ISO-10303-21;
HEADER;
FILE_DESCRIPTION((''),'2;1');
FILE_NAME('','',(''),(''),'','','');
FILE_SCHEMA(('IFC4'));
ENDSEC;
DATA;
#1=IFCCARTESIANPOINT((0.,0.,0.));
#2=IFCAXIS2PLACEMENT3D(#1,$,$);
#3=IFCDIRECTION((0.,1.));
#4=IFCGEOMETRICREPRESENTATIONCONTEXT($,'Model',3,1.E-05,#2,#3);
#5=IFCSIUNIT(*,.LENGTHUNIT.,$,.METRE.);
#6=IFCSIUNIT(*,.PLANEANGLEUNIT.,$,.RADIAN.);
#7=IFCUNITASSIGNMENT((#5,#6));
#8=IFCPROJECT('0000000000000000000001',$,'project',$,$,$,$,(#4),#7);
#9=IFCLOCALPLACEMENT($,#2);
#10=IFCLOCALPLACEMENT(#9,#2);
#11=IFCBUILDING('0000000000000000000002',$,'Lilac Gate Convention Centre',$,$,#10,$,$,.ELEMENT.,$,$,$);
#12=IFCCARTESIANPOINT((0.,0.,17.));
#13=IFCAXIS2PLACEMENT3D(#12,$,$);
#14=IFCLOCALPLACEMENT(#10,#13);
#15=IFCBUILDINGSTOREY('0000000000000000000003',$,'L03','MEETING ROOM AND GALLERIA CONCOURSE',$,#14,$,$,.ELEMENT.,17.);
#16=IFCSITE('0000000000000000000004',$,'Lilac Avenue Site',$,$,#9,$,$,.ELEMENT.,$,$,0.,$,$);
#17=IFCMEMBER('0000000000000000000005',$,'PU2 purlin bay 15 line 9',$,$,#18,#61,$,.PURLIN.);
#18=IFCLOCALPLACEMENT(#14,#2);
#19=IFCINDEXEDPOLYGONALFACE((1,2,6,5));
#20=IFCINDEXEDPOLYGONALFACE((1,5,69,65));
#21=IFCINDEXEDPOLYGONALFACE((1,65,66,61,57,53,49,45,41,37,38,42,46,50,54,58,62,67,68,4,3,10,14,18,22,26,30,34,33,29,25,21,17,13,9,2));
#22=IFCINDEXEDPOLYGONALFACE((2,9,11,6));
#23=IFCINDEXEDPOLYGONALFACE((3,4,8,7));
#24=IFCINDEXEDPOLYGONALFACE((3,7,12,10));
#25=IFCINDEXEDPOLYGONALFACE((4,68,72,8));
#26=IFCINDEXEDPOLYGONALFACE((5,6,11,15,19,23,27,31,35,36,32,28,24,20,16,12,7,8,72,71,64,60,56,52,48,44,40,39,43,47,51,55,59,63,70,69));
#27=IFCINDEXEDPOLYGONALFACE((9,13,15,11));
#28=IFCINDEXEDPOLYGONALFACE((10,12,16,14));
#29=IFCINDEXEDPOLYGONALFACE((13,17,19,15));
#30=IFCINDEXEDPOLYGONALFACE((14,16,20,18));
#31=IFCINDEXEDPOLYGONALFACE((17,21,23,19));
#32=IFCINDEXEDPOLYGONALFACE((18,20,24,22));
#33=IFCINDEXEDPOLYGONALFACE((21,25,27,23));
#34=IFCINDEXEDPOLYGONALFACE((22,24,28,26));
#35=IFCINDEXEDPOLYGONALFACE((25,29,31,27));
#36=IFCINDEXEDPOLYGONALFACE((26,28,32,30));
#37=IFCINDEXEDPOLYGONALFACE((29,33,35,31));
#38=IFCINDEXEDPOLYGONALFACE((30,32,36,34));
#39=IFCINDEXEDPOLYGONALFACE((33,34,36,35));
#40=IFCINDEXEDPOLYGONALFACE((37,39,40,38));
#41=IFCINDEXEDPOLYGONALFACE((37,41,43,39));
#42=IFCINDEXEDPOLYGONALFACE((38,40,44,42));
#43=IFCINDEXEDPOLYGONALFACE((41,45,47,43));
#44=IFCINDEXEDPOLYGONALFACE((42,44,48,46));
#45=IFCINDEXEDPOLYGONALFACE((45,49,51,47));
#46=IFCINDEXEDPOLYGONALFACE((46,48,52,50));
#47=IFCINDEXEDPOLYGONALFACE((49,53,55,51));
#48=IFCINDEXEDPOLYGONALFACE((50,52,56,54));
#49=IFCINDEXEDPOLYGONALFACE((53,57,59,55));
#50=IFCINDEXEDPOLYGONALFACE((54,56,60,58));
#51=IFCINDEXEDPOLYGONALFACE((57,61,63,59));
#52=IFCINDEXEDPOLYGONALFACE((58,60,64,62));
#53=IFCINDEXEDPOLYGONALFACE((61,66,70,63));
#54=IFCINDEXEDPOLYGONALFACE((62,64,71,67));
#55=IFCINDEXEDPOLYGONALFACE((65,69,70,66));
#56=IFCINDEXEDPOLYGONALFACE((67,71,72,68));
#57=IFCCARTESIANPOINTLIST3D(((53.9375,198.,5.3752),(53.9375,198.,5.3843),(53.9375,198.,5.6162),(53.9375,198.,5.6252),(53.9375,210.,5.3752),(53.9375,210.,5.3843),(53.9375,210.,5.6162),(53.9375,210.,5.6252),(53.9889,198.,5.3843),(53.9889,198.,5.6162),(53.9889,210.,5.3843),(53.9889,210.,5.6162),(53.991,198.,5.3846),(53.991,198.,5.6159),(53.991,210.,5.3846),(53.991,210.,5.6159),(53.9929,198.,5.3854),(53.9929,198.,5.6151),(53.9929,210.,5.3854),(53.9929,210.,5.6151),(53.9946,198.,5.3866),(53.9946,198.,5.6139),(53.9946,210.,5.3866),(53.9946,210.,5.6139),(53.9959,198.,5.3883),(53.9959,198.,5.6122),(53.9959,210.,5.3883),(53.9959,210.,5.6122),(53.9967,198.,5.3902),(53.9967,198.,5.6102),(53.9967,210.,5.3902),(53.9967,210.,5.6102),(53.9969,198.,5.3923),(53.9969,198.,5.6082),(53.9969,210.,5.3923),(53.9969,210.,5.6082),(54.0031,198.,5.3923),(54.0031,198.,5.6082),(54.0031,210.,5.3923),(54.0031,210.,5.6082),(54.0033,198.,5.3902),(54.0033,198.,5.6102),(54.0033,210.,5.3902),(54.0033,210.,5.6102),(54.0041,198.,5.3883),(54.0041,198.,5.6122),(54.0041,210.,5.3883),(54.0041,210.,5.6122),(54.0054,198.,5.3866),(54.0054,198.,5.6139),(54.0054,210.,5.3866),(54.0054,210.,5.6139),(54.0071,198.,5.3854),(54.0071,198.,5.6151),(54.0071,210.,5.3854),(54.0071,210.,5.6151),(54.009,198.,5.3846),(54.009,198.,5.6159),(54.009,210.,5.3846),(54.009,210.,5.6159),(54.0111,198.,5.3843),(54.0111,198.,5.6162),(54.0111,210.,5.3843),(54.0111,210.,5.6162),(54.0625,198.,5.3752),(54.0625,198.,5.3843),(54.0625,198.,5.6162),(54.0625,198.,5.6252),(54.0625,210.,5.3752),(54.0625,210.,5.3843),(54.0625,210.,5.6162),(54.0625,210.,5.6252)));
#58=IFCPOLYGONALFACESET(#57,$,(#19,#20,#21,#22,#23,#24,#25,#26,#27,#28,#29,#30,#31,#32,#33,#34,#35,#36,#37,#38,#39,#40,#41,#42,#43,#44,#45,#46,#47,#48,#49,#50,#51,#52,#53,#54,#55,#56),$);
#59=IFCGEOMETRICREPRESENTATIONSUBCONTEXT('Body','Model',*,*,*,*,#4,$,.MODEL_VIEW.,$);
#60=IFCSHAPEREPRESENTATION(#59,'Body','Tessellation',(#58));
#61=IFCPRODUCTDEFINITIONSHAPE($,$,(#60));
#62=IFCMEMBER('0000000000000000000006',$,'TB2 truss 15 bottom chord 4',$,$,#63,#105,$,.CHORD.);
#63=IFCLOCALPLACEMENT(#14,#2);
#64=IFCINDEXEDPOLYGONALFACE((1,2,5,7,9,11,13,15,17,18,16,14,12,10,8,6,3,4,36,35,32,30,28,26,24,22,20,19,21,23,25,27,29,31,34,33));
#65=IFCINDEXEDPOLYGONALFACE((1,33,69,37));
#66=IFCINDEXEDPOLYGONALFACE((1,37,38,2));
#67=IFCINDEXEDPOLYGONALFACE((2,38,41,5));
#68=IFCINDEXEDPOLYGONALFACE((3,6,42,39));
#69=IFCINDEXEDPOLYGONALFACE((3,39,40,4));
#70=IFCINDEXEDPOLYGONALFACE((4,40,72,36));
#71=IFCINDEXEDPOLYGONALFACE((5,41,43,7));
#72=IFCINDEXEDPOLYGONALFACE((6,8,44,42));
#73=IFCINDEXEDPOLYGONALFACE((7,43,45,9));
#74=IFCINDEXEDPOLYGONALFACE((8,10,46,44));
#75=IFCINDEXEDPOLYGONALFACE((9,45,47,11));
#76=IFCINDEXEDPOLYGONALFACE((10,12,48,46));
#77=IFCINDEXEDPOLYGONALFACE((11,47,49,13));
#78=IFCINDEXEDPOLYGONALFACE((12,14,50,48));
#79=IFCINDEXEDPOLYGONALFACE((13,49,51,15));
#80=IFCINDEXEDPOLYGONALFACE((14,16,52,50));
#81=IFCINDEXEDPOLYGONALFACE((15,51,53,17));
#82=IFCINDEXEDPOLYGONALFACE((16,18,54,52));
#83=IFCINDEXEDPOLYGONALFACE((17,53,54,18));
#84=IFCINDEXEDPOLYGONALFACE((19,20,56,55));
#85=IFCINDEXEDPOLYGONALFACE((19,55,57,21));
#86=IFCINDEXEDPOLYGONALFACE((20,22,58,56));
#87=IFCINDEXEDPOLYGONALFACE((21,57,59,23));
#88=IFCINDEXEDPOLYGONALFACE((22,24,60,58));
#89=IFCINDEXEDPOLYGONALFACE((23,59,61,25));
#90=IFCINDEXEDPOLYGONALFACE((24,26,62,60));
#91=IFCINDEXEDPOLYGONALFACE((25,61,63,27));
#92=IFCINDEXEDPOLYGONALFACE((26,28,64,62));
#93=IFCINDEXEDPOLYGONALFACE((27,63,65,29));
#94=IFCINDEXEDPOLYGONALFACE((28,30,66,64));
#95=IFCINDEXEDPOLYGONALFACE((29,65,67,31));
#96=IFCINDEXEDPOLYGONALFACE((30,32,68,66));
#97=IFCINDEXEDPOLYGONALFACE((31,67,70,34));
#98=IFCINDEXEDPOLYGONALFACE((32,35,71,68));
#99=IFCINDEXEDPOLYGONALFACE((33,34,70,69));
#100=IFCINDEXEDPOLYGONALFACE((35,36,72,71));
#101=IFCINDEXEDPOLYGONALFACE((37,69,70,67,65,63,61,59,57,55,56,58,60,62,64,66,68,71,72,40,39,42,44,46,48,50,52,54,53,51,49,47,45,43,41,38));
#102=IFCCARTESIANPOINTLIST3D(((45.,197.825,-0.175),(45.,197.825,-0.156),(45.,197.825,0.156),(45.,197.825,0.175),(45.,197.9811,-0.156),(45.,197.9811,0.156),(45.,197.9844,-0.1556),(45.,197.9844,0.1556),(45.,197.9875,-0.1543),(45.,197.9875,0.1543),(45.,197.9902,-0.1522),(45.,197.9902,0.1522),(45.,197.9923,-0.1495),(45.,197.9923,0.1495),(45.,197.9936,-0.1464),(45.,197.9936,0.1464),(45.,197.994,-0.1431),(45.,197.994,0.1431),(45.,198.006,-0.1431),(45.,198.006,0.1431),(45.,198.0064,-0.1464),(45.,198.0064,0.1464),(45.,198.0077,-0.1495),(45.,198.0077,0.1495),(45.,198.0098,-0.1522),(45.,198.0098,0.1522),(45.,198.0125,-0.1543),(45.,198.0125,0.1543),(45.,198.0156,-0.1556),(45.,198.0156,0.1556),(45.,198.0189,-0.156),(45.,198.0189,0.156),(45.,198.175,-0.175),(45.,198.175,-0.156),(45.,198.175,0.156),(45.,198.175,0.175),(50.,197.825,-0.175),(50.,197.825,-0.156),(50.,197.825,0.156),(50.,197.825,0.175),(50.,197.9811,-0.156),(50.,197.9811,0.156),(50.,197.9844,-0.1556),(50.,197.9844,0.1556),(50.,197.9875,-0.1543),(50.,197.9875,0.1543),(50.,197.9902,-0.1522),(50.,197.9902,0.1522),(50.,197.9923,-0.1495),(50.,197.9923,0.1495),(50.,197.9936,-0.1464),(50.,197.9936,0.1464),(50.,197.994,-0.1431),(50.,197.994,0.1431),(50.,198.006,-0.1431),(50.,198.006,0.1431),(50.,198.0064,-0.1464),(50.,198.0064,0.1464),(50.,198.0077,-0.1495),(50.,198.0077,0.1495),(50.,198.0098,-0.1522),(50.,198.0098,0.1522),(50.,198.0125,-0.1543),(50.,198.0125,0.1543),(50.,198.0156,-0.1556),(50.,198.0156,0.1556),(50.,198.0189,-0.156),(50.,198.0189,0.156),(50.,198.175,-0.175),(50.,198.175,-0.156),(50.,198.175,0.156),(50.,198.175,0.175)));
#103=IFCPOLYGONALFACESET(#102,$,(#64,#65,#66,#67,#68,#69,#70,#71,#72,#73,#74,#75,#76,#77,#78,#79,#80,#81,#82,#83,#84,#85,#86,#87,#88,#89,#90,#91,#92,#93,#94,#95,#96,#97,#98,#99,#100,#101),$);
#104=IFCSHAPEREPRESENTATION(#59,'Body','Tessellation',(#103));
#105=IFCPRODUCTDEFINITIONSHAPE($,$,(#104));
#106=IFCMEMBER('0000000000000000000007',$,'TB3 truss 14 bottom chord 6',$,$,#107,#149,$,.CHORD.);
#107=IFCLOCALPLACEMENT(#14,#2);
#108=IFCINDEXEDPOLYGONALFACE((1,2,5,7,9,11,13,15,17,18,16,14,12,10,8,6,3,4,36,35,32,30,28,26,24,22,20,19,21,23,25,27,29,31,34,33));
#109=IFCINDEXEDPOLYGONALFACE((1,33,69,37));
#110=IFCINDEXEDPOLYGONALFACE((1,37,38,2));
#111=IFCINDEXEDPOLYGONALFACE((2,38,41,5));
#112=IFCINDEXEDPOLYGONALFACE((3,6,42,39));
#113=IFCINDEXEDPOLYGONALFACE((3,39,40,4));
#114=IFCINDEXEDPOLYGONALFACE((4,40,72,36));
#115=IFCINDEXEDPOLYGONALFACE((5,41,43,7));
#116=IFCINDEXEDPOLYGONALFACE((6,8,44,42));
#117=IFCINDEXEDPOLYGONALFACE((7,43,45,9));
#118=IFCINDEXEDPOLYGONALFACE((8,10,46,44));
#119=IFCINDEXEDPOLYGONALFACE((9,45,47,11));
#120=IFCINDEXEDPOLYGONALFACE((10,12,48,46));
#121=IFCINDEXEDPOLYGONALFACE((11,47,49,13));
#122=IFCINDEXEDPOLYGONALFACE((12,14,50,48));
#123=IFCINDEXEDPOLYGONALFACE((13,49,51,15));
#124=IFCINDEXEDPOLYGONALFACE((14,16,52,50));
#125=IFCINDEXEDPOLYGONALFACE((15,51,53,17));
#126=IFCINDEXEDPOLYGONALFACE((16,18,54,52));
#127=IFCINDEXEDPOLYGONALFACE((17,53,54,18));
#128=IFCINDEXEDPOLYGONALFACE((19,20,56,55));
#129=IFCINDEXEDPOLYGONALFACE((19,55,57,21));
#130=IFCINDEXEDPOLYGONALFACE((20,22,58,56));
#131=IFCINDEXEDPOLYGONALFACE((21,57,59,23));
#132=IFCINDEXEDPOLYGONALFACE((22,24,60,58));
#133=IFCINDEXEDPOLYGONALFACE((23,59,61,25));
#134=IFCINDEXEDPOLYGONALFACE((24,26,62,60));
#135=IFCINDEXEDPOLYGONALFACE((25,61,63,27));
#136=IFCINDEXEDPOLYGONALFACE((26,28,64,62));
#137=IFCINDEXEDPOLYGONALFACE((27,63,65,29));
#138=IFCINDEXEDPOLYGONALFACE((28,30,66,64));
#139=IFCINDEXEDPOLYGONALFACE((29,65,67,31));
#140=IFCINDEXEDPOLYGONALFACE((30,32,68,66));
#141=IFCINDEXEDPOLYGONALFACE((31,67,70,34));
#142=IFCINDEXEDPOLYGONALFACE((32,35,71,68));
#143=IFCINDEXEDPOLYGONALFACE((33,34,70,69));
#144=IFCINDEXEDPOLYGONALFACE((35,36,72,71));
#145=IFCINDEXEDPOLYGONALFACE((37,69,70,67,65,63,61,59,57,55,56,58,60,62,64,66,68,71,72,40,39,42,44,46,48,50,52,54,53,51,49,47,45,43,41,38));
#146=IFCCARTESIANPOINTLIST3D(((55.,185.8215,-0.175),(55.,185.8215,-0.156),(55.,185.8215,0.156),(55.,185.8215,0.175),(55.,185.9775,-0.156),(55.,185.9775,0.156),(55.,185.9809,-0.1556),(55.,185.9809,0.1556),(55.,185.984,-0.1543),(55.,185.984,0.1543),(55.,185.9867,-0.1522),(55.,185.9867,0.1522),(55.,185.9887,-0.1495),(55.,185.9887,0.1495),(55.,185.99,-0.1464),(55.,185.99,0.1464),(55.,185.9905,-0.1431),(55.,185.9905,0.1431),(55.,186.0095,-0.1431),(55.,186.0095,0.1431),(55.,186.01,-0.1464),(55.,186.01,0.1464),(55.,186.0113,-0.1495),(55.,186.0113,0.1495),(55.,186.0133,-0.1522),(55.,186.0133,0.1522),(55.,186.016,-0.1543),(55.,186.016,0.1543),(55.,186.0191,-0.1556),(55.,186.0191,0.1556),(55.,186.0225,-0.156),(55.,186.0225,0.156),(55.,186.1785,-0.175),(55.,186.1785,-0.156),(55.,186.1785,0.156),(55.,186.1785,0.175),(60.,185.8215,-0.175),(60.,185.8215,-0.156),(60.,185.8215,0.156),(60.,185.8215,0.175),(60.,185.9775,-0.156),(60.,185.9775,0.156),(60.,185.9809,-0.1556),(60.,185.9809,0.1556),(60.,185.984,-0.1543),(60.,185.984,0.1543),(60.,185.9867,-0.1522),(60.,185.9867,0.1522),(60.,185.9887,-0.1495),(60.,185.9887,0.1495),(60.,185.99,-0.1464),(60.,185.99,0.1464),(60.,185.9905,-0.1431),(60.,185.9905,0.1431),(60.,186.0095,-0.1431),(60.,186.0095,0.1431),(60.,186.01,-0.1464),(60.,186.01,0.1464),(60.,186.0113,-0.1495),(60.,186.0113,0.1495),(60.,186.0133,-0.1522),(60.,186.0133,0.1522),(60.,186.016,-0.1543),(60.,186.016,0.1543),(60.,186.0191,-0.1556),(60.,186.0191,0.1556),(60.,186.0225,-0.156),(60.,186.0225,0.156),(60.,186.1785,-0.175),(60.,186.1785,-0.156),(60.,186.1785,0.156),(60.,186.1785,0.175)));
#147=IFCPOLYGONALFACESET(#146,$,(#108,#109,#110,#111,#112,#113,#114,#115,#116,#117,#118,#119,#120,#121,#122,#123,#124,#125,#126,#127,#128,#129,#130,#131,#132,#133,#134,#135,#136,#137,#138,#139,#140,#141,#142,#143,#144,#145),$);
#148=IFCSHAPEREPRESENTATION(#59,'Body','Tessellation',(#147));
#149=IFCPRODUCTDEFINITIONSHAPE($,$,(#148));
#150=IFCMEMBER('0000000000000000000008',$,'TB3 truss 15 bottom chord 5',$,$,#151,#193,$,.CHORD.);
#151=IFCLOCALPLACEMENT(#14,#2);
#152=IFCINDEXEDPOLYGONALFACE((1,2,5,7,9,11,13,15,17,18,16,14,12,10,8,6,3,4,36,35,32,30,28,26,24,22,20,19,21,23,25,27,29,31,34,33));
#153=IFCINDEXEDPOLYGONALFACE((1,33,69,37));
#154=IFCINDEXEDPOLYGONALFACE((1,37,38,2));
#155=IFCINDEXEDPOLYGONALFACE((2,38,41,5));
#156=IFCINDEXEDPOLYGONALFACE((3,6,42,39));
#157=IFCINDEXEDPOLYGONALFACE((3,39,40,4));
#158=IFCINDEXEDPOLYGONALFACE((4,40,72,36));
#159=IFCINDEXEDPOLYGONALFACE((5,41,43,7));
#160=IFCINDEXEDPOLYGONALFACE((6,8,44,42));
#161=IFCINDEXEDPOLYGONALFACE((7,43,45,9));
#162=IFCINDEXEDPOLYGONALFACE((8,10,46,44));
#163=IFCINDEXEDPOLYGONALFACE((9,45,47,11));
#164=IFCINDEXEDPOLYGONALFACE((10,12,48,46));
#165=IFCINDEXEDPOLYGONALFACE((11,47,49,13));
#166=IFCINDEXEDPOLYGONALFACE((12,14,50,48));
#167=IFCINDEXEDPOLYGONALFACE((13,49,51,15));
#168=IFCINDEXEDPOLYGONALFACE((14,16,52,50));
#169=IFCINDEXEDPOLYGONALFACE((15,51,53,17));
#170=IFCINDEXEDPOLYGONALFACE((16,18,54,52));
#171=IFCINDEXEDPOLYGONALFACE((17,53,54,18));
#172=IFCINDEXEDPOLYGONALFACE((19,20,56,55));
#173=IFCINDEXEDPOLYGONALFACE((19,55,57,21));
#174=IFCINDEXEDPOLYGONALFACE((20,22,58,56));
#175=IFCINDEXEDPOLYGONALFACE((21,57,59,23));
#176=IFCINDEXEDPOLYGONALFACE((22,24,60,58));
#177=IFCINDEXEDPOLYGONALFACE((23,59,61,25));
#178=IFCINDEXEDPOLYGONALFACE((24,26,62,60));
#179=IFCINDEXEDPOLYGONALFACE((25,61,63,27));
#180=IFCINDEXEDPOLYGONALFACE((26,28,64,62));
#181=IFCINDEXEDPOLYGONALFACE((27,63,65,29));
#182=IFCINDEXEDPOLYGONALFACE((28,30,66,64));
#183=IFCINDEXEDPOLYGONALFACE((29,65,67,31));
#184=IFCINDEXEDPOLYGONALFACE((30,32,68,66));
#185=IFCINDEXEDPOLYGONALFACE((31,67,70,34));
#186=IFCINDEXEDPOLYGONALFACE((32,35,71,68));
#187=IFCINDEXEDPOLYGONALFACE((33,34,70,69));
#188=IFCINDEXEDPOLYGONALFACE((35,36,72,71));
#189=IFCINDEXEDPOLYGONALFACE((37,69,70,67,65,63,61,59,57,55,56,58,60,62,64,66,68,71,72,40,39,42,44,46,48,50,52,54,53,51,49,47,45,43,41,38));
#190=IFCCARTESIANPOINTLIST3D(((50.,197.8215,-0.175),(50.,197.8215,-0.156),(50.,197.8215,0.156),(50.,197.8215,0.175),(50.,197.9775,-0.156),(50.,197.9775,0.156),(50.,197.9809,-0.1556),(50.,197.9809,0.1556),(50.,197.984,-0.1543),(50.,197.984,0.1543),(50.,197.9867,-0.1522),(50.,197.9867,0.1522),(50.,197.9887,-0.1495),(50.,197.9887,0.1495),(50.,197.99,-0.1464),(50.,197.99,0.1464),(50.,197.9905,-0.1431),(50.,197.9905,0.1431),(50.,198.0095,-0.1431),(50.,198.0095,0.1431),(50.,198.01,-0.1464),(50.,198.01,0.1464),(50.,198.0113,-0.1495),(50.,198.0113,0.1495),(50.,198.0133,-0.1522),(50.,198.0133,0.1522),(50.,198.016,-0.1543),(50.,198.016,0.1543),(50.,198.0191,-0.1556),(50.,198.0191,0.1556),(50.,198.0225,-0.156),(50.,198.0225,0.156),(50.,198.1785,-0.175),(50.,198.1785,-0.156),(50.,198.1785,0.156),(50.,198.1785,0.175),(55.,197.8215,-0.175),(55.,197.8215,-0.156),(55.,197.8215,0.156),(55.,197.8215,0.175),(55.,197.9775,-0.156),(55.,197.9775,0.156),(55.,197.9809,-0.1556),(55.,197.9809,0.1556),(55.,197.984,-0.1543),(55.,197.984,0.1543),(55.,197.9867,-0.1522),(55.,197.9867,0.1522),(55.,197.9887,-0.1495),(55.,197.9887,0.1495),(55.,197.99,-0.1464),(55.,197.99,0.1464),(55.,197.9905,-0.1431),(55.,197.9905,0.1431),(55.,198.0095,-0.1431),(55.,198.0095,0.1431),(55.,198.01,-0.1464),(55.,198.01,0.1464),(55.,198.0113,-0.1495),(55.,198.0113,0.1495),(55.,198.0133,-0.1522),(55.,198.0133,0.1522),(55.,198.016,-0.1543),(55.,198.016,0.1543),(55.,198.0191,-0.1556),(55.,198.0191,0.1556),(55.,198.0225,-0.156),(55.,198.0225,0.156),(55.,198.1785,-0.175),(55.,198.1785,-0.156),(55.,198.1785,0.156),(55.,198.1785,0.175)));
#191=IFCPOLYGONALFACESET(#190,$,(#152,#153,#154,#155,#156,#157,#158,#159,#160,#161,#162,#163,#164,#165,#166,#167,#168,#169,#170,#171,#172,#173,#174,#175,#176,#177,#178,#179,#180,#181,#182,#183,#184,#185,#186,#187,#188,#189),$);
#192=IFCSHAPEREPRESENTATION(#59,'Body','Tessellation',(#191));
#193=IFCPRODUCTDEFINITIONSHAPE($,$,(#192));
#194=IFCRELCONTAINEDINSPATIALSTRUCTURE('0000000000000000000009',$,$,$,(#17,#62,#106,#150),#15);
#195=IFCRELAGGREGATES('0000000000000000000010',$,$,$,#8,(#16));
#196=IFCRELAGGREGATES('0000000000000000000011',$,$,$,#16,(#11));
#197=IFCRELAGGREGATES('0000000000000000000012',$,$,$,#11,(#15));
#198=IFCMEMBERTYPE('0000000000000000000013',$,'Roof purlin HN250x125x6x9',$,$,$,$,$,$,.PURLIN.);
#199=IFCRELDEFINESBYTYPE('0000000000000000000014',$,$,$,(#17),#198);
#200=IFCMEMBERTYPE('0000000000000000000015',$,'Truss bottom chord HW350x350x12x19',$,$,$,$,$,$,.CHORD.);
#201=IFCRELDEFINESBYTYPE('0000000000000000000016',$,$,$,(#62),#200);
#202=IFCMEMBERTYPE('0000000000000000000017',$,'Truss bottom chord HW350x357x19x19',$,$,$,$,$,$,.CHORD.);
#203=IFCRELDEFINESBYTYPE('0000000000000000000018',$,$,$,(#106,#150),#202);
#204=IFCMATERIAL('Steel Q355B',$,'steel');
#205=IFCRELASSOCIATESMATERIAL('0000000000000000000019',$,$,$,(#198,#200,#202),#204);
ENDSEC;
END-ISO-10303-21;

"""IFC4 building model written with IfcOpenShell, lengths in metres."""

from ifc_helpers import new_model, si_unit, direction, frame, origin, origin_2d, place, context, subcontext, project, spatial, i_section, extrude, material, material_profile, profile_set, type_object, element, save


model = new_model("IFC4")

# Units and contexts
model_context = context("Model", 3, precision=1e-05, world=origin(), true_north=direction((0.0, 1.0)))
body_context = subcontext(model_context, "Body", "Model", "MODEL_VIEW")
ifc_project = project(units=[si_unit("LENGTHUNIT", "METRE"), si_unit("PLANEANGLEUNIT", "RADIAN")], contexts=[model_context])

# Site, building, storey
site_placement = place(None, origin())
site = spatial("IfcSite", under=ifc_project, at=site_placement, Name="Lilac Avenue Site", CompositionType="ELEMENT", RefElevation=0.0)
building_placement = place(site_placement, origin())
building = spatial("IfcBuilding", under=site, at=building_placement, Name="Lilac Gate Convention Centre", CompositionType="ELEMENT")
storey_placement = place(building_placement, frame((0.0, 0.0, 17.0)))
storey = spatial("IfcBuildingStorey", under=building, at=storey_placement, Name="L03", Description="MEETING ROOM AND GALLERIA CONCOURSE", CompositionType="ELEMENT", Elevation=17.0)

# Members
ifc_material = material(Name="Steel Q355B", Category="steel")
ifc_material_profile_1 = material_profile(ifc_material, i_section(OverallWidth=0.125, OverallDepth=0.25, WebThickness=0.0061, FlangeThickness=0.009, FilletRadius=0.0081, at=origin_2d()), Name="HN250x125x6x9")
ifc_profile_set_1 = profile_set([ifc_material_profile_1], Name="Steel Q355B")
member_type_1 = type_object("IfcMemberType", Name="Roof purlin HN250x125x6x9", PredefinedType="PURLIN", material=ifc_profile_set_1)
for number, where, z_axis, x_axis, name in (
    (1, (54.0, 198.0, 5.5002), (0.0, 1.0, 0.0), (-1.0, 0.0, 0.0), "PU2 purlin bay 15 line 9"),
):
    element("IfcMember", number, at=place(storey_placement, frame(where, z_axis=z_axis, x_axis=x_axis)), inside=storey, type_object=member_type_1, Name=name, PredefinedType="PURLIN", context=body_context, shape_type="SweptSolid", body=[
        extrude(i_section(OverallWidth=0.125, OverallDepth=0.25, WebThickness=0.0061, FlangeThickness=0.009, FilletRadius=0.0081, at=origin_2d()), origin(), (0.0, 0.0, 1.0), 12.0),
    ])
ifc_material_profile_2 = material_profile(ifc_material, i_section(OverallWidth=0.3501, OverallDepth=0.3501, WebThickness=0.012, FlangeThickness=0.019, FilletRadius=0.0129, at=origin_2d()), Name="HW350x350x12x19")
ifc_profile_set_2 = profile_set([ifc_material_profile_2], Name="Steel Q355B")
member_type_2 = type_object("IfcMemberType", Name="Truss bottom chord HW350x350x12x19", PredefinedType="CHORD", material=ifc_profile_set_2)
member_1_placement = place(storey_placement, frame((45.0, 198.0, 0.0), z_axis=(1.0, 0.0, 0.0), x_axis=(0.0, 1.0, 0.0)))
element("IfcMember", 2, at=member_1_placement, inside=storey, type_object=member_type_2, Name="TB2 truss 15 bottom chord 4", PredefinedType="CHORD", context=body_context, shape_type="SweptSolid", body=[
    extrude(i_section(OverallWidth=0.3501, OverallDepth=0.3501, WebThickness=0.012, FlangeThickness=0.019, FilletRadius=0.0129, at=origin_2d()), origin(), (0.0, 0.0, 1.0), 5.0),
])
ifc_material_profile_3 = material_profile(ifc_material, i_section(OverallWidth=0.3569, OverallDepth=0.3501, WebThickness=0.019, FlangeThickness=0.019, FilletRadius=0.0129, at=origin_2d()), Name="HW350x357x19x19")
ifc_profile_set_3 = profile_set([ifc_material_profile_3], Name="Steel Q355B")
member_type_3 = type_object("IfcMemberType", Name="Truss bottom chord HW350x357x19x19", PredefinedType="CHORD", material=ifc_profile_set_3)
for number, where, z_axis, x_axis, name in (
    (3, (55.0, 186.0, 0.0), (1.0, 0.0, 0.0), (0.0, 1.0, 0.0), "TB3 truss 14 bottom chord 6"),
    (4, (50.0, 198.0, 0.0), (1.0, 0.0, 0.0), (0.0, 1.0, 0.0), "TB3 truss 15 bottom chord 5"),
):
    element("IfcMember", number, at=place(storey_placement, frame(where, z_axis=z_axis, x_axis=x_axis)), inside=storey, type_object=member_type_3, Name=name, PredefinedType="CHORD", context=body_context, shape_type="SweptSolid", body=[
        extrude(i_section(OverallWidth=0.3569, OverallDepth=0.3501, WebThickness=0.019, FlangeThickness=0.019, FilletRadius=0.0129, at=origin_2d()), origin(), (0.0, 0.0, 1.0), 5.0),
    ])

save(model, "model.ifc")
